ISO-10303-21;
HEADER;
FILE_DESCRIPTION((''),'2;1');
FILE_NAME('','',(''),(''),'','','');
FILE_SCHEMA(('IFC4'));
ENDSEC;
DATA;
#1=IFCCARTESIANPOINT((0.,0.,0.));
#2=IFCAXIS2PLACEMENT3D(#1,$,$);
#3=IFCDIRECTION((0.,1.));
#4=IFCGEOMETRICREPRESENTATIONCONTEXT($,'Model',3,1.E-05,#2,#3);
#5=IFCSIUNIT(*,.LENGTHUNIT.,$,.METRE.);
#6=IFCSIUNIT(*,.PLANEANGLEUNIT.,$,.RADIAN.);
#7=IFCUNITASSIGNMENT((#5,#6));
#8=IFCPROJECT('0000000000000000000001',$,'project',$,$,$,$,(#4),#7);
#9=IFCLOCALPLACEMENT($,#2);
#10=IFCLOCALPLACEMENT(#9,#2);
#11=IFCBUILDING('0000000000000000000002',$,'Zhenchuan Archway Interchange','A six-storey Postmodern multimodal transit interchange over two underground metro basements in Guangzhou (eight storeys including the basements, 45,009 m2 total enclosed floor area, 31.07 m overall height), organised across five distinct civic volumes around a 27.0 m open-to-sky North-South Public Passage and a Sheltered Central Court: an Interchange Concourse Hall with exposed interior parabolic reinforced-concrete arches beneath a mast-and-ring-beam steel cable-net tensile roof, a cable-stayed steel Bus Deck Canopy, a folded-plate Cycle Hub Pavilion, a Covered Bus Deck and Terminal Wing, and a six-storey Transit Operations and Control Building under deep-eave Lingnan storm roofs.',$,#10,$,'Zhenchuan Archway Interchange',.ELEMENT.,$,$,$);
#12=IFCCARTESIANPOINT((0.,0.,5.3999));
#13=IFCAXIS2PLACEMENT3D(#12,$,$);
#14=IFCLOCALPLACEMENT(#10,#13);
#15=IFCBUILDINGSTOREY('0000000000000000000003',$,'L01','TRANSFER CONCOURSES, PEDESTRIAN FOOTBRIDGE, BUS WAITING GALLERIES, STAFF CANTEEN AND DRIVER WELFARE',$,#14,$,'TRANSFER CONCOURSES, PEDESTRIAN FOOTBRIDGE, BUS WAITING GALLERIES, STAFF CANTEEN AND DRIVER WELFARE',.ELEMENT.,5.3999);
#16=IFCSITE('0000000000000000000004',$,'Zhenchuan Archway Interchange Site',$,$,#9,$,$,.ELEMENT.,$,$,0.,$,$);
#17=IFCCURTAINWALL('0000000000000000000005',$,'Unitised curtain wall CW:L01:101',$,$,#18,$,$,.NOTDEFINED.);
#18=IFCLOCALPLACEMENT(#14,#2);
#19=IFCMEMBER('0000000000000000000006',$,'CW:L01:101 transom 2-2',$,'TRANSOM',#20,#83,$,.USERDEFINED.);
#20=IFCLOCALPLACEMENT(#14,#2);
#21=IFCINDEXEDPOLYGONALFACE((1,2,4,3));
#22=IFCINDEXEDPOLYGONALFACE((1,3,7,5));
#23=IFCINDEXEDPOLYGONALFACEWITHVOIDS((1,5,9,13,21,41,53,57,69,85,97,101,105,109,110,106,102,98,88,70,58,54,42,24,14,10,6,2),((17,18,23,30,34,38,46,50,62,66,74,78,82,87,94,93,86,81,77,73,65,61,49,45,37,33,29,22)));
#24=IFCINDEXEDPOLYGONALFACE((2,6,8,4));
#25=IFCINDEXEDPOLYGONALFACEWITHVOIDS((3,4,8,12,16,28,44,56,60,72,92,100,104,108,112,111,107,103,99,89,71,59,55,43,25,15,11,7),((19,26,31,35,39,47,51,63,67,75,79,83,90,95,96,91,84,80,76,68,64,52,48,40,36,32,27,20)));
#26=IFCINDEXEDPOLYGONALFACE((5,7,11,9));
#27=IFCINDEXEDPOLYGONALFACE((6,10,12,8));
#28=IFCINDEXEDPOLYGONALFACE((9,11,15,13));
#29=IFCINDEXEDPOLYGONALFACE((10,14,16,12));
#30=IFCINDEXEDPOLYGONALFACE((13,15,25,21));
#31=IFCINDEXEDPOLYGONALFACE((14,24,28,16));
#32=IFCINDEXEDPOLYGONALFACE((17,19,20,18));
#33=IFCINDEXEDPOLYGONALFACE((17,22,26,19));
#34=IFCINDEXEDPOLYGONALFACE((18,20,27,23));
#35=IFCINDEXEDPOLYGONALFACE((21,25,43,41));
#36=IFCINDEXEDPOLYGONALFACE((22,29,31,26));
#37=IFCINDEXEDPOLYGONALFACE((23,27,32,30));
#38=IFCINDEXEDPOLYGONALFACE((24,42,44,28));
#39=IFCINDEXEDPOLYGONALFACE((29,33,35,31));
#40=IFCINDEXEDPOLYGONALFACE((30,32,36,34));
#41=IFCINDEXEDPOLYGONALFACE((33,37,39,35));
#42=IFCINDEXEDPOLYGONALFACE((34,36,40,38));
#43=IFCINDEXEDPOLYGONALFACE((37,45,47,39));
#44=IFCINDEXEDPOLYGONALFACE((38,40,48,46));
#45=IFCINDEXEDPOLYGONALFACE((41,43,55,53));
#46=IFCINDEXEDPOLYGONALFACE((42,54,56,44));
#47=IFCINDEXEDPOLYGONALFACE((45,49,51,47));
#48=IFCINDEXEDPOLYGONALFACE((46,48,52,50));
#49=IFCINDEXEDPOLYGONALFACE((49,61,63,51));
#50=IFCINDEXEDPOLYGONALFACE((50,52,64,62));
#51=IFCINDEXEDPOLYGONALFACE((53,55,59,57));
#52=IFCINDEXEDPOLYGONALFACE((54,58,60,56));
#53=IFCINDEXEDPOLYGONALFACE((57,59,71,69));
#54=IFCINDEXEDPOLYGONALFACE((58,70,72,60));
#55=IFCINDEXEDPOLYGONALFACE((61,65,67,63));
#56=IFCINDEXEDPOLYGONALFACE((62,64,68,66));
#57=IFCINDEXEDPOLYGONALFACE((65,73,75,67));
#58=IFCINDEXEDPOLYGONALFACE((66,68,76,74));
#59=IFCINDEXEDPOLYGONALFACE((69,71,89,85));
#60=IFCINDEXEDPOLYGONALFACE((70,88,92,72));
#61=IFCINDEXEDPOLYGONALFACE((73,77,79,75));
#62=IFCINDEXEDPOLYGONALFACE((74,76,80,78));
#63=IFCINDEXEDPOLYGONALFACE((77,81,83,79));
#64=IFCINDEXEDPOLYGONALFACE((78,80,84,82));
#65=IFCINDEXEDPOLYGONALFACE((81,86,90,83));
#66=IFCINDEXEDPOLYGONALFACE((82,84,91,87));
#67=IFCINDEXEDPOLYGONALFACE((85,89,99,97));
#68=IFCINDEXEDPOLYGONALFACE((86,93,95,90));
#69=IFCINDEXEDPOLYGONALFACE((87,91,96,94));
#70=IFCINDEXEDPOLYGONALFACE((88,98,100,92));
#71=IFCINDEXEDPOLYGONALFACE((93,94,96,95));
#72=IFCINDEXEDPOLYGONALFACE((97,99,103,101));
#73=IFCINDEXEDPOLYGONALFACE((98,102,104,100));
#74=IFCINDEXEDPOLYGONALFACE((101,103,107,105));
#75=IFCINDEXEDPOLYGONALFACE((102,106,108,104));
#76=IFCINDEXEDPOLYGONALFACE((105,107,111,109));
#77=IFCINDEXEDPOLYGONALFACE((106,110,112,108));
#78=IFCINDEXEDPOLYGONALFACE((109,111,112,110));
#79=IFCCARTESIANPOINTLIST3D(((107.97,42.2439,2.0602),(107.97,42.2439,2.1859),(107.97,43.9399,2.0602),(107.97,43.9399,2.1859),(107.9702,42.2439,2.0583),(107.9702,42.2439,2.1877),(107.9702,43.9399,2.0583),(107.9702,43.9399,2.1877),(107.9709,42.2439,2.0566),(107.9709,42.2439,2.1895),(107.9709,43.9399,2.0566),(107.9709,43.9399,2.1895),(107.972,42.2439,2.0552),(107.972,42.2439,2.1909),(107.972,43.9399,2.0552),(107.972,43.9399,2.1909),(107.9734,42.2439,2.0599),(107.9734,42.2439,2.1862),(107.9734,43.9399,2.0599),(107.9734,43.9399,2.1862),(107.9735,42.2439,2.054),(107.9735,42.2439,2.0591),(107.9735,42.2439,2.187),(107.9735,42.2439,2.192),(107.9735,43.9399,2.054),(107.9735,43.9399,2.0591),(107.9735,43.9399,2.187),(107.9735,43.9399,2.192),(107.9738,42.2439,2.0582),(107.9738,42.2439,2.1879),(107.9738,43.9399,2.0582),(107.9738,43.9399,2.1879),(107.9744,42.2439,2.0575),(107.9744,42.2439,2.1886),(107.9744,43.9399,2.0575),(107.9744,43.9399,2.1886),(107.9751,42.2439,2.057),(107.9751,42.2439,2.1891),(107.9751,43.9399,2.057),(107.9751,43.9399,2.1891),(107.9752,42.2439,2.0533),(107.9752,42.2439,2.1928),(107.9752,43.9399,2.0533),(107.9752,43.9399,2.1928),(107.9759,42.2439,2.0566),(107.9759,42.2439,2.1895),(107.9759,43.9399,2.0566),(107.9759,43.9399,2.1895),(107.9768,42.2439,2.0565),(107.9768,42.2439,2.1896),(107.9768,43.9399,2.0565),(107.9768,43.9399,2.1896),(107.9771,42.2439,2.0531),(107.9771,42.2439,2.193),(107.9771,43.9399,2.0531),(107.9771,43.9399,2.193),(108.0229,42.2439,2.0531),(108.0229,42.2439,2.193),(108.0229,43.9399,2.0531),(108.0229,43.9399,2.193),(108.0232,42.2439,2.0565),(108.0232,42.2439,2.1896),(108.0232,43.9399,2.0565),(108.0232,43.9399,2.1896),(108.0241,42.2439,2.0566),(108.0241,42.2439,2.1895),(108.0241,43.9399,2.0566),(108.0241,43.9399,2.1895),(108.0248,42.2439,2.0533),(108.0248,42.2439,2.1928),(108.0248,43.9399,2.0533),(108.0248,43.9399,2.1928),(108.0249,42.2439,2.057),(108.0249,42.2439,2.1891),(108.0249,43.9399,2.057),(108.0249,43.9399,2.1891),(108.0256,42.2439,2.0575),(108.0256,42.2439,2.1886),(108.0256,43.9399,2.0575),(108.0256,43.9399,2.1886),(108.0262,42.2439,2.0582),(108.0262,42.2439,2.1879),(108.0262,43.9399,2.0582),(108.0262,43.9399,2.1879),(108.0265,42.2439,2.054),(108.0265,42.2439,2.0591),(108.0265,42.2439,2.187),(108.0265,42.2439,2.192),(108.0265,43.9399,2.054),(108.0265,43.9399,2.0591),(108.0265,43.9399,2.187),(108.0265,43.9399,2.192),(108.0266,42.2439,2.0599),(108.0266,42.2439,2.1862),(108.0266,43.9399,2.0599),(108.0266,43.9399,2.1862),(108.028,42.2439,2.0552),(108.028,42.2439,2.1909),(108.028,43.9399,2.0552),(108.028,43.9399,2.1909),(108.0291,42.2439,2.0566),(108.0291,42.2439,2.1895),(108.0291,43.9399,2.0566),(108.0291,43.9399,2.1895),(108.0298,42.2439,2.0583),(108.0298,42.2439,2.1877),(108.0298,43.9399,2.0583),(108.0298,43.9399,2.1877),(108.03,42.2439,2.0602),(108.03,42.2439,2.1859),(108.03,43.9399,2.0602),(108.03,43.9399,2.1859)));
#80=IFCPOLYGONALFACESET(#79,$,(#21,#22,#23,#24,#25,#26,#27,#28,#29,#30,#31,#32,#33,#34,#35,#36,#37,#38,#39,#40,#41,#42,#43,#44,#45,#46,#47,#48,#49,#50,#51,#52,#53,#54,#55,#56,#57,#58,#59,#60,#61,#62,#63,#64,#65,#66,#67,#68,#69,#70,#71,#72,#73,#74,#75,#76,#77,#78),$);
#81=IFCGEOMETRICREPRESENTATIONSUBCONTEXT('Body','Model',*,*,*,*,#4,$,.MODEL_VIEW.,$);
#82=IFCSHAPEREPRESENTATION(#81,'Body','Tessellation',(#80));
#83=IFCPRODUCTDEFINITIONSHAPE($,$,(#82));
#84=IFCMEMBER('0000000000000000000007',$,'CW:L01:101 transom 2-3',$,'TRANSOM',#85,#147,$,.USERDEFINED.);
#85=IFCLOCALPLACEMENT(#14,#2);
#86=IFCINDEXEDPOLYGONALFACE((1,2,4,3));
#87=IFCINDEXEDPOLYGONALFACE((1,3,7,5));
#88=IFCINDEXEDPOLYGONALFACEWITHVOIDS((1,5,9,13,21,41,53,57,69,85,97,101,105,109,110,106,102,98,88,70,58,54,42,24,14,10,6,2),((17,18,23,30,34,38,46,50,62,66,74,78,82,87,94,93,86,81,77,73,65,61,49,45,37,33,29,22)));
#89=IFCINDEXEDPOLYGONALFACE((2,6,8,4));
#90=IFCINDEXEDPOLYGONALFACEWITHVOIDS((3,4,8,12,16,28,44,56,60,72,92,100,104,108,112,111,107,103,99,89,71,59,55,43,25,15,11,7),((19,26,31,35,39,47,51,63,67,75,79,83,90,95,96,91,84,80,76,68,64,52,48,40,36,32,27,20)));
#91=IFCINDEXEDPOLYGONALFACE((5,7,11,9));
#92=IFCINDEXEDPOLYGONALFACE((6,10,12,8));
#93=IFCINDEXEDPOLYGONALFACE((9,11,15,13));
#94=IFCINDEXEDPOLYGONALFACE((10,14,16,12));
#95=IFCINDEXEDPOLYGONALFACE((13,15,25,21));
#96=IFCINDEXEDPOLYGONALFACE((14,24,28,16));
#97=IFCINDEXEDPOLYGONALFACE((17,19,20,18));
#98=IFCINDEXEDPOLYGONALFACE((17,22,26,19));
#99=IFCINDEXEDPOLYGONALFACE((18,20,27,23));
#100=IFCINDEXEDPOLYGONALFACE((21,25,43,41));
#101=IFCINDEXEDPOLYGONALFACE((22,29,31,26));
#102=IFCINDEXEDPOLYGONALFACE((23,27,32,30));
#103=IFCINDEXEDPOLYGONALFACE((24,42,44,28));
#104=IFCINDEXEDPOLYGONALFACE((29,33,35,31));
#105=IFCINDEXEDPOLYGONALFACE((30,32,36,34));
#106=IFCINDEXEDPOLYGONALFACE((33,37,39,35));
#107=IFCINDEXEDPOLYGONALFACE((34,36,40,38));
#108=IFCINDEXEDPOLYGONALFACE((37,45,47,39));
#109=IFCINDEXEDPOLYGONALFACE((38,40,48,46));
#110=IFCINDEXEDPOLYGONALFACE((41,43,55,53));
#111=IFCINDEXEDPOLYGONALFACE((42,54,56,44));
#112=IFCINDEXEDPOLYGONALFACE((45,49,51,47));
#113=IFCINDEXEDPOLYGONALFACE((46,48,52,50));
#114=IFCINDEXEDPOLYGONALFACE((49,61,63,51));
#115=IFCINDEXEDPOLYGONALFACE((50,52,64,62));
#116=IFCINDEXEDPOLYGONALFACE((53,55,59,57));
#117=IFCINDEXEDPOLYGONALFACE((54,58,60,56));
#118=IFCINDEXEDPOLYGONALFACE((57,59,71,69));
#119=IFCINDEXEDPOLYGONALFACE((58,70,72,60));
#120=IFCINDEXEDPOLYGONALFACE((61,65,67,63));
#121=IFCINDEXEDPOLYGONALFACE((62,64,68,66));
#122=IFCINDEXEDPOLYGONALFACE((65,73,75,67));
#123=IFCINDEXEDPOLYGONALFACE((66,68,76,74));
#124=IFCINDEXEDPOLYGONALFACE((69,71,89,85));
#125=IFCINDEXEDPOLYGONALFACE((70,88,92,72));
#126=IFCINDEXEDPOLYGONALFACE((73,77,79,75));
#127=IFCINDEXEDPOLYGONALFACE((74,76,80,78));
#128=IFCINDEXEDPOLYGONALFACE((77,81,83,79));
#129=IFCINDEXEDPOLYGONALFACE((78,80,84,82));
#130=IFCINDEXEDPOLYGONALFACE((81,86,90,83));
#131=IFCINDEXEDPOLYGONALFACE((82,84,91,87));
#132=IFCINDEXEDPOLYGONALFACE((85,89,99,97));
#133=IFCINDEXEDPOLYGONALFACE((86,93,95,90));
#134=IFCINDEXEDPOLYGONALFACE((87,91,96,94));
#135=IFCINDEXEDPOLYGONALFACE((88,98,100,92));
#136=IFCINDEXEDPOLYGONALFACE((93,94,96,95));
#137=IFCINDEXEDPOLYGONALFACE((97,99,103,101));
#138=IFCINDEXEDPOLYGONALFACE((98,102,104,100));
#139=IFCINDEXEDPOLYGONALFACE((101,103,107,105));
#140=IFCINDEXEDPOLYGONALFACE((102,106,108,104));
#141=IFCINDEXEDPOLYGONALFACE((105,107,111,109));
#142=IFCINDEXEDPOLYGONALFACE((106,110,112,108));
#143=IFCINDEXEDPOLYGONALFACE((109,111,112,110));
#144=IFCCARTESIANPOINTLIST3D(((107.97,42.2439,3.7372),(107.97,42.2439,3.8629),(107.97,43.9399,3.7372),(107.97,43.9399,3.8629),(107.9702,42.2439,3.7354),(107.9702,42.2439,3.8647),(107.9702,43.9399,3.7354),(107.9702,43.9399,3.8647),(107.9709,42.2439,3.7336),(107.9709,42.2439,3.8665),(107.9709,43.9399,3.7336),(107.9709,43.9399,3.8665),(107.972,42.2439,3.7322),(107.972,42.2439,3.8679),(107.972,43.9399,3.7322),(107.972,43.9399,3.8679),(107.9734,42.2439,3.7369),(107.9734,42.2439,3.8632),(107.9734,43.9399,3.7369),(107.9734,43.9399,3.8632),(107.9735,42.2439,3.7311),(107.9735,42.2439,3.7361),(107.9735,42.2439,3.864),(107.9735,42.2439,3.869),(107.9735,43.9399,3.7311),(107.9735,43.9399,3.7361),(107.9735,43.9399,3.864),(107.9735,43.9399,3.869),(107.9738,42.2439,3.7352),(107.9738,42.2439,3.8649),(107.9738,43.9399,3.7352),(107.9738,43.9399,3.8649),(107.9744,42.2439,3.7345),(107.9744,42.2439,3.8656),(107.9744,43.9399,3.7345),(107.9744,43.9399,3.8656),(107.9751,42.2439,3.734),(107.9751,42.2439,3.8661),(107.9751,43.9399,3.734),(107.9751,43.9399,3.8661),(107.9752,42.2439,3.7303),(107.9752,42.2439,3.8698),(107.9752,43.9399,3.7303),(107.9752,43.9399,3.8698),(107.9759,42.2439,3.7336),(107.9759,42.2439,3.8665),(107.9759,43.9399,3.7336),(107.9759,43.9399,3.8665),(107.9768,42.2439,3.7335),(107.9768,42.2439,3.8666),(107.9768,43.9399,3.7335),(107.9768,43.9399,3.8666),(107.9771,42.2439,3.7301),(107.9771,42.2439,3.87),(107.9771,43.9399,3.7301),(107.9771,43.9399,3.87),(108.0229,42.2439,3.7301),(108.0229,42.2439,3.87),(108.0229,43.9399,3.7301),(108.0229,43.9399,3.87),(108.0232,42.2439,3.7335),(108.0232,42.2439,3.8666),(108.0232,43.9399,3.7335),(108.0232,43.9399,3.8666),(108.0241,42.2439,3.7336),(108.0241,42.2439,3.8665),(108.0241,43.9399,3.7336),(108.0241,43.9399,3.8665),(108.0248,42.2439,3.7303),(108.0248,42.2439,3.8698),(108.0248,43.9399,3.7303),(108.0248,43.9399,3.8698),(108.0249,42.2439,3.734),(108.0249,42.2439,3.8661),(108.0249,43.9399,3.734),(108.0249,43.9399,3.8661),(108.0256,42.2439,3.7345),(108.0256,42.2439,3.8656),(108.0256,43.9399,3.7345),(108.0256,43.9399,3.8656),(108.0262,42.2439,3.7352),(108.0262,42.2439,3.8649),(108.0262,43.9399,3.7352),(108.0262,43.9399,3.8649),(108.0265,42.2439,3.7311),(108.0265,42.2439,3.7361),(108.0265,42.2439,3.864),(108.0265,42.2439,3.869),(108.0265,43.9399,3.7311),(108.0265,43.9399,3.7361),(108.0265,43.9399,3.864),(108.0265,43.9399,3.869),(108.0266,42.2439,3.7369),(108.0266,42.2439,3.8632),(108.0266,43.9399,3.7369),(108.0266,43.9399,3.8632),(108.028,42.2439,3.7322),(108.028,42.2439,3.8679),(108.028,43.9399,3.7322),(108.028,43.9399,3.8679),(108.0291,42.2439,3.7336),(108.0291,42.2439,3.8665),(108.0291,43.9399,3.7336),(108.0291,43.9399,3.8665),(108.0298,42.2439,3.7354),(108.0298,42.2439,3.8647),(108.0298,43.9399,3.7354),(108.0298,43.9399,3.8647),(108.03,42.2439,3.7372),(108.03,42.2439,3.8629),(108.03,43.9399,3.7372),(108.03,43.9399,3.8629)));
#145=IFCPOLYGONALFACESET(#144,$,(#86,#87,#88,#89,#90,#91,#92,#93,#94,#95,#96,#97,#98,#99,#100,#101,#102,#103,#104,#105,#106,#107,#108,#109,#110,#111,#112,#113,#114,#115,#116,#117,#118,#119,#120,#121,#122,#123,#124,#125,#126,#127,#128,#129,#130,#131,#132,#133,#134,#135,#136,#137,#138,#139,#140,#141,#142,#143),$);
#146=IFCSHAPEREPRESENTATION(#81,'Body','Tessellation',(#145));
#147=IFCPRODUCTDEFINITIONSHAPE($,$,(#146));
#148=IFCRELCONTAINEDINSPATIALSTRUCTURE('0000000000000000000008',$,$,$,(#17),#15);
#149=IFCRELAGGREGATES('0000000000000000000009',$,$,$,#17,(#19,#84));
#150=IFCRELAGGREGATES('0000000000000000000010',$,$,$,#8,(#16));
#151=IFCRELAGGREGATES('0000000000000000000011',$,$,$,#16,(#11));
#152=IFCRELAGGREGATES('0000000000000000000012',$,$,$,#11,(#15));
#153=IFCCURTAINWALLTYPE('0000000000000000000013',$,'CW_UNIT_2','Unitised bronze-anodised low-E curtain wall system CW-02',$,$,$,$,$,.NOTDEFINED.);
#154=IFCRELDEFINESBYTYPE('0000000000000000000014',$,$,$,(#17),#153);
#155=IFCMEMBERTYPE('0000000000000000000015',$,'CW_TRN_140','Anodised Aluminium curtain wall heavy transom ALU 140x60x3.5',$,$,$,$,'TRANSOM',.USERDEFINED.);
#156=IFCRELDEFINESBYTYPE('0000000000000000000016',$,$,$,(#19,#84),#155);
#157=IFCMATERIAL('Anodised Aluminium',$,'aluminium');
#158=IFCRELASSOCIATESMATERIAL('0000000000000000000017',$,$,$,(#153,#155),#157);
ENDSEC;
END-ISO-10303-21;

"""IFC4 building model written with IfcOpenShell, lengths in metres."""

from ifc_helpers import new_model, si_unit, direction, frame, origin, origin_2d, place, context, subcontext, project, spatial, hollow_rectangle, extrude, material, material_profile, profile_set, type_object, element, aggregate, save


model = new_model("IFC4")

# Units and contexts
model_context = context("Model", 3, precision=1e-05, world=origin(), true_north=direction((0.0, 1.0)))
body_context = subcontext(model_context, "Body", "Model", "MODEL_VIEW")
ifc_project = project(units=[si_unit("LENGTHUNIT", "METRE"), si_unit("PLANEANGLEUNIT", "RADIAN")], contexts=[model_context])

# Site, building, storey
site_placement = place(None, origin())
site = spatial("IfcSite", under=ifc_project, at=site_placement, Name="Zhenchuan Archway Interchange Site", CompositionType="ELEMENT", RefElevation=0.0)
building_placement = place(site_placement, origin())
building = spatial("IfcBuilding", under=site, at=building_placement, Name="Zhenchuan Archway Interchange", Description="A six-storey Postmodern multimodal transit interchange over two underground metro basements in Guangzhou (eight storeys including the basements, 45,009 m2 total enclosed floor area, 31.07 m overall height), organised across five distinct civic volumes around a 27.0 m open-to-sky North-South Public Passage and a Sheltered Central Court: an Interchange Concourse Hall with exposed interior parabolic reinforced-concrete arches beneath a mast-and-ring-beam steel cable-net tensile roof, a cable-stayed steel Bus Deck Canopy, a folded-plate Cycle Hub Pavilion, a Covered Bus Deck and Terminal Wing, and a six-storey Transit Operations and Control Building under deep-eave Lingnan storm roofs.", LongName="Zhenchuan Archway Interchange", CompositionType="ELEMENT")
storey_placement = place(building_placement, frame((0.0, 0.0, 5.3999)))
storey = spatial("IfcBuildingStorey", under=building, at=storey_placement, Name="L01", Description="TRANSFER CONCOURSES, PEDESTRIAN FOOTBRIDGE, BUS WAITING GALLERIES, STAFF CANTEEN AND DRIVER WELFARE", LongName="TRANSFER CONCOURSES, PEDESTRIAN FOOTBRIDGE, BUS WAITING GALLERIES, STAFF CANTEEN AND DRIVER WELFARE", CompositionType="ELEMENT", Elevation=5.3999)

# Shared definitions
ifc_material_1 = material(Name="Anodised Aluminium", Category="aluminium")

# Curtain wall
curtain_wall_type_1 = type_object("IfcCurtainWallType", Name="CW_UNIT_2", Description="Unitised bronze-anodised low-E curtain wall system CW-02", PredefinedType="NOTDEFINED", material=ifc_material_1)
curtain_wall_1_placement = place(storey_placement, origin())
curtain_wall_1 = element("IfcCurtainWall", 1, at=curtain_wall_1_placement, inside=storey, type_object=curtain_wall_type_1, Name="Unitised curtain wall CW:L01:101", PredefinedType="NOTDEFINED")

# Members
ifc_material_profile_1 = material_profile(ifc_material_1, hollow_rectangle(XDim=0.0601, YDim=0.1399, WallThickness=0.0034, InnerFilletRadius=0.0034, OuterFilletRadius=0.0071, at=origin_2d()), Name="ALU 140x60x3.5")
ifc_profile_set_1 = profile_set([ifc_material_profile_1], Name="Anodised Aluminium")
member_type_1 = type_object("IfcMemberType", Name="CW_TRN_140", Description="Anodised Aluminium curtain wall heavy transom ALU 140x60x3.5", ElementType="TRANSOM", PredefinedType="USERDEFINED", material=ifc_profile_set_1)
member_1_placement = place(storey_placement, frame((108.0, 43.9399, 2.123), z_axis=(0.0, -1.0, 0.0), x_axis=(1.0, 0.0, 0.0)))
member_1 = element("IfcMember", 2, at=member_1_placement, type_object=member_type_1, Name="CW:L01:101 transom 2-2", ObjectType="TRANSOM", PredefinedType="USERDEFINED", context=body_context, shape_type="SweptSolid", body=[
    extrude(hollow_rectangle(XDim=0.0601, YDim=0.1399, WallThickness=0.0034, InnerFilletRadius=0.0034, OuterFilletRadius=0.0071, at=origin_2d()), origin(), (0.0, 0.0, 1.0), 1.696),
])
member_2_placement = place(storey_placement, frame((108.0, 43.9399, 3.8), z_axis=(0.0, -1.0, 0.0), x_axis=(1.0, 0.0, 0.0)))
member_2 = element("IfcMember", 3, at=member_2_placement, type_object=member_type_1, Name="CW:L01:101 transom 2-3", ObjectType="TRANSOM", PredefinedType="USERDEFINED", context=body_context, shape_type="SweptSolid", body=[
    extrude(hollow_rectangle(XDim=0.0601, YDim=0.1399, WallThickness=0.0034, InnerFilletRadius=0.0034, OuterFilletRadius=0.0071, at=origin_2d()), origin(), (0.0, 0.0, 1.0), 1.696),
])

aggregate(curtain_wall_1, [member_1, member_2])

save(model, "model.ifc")
